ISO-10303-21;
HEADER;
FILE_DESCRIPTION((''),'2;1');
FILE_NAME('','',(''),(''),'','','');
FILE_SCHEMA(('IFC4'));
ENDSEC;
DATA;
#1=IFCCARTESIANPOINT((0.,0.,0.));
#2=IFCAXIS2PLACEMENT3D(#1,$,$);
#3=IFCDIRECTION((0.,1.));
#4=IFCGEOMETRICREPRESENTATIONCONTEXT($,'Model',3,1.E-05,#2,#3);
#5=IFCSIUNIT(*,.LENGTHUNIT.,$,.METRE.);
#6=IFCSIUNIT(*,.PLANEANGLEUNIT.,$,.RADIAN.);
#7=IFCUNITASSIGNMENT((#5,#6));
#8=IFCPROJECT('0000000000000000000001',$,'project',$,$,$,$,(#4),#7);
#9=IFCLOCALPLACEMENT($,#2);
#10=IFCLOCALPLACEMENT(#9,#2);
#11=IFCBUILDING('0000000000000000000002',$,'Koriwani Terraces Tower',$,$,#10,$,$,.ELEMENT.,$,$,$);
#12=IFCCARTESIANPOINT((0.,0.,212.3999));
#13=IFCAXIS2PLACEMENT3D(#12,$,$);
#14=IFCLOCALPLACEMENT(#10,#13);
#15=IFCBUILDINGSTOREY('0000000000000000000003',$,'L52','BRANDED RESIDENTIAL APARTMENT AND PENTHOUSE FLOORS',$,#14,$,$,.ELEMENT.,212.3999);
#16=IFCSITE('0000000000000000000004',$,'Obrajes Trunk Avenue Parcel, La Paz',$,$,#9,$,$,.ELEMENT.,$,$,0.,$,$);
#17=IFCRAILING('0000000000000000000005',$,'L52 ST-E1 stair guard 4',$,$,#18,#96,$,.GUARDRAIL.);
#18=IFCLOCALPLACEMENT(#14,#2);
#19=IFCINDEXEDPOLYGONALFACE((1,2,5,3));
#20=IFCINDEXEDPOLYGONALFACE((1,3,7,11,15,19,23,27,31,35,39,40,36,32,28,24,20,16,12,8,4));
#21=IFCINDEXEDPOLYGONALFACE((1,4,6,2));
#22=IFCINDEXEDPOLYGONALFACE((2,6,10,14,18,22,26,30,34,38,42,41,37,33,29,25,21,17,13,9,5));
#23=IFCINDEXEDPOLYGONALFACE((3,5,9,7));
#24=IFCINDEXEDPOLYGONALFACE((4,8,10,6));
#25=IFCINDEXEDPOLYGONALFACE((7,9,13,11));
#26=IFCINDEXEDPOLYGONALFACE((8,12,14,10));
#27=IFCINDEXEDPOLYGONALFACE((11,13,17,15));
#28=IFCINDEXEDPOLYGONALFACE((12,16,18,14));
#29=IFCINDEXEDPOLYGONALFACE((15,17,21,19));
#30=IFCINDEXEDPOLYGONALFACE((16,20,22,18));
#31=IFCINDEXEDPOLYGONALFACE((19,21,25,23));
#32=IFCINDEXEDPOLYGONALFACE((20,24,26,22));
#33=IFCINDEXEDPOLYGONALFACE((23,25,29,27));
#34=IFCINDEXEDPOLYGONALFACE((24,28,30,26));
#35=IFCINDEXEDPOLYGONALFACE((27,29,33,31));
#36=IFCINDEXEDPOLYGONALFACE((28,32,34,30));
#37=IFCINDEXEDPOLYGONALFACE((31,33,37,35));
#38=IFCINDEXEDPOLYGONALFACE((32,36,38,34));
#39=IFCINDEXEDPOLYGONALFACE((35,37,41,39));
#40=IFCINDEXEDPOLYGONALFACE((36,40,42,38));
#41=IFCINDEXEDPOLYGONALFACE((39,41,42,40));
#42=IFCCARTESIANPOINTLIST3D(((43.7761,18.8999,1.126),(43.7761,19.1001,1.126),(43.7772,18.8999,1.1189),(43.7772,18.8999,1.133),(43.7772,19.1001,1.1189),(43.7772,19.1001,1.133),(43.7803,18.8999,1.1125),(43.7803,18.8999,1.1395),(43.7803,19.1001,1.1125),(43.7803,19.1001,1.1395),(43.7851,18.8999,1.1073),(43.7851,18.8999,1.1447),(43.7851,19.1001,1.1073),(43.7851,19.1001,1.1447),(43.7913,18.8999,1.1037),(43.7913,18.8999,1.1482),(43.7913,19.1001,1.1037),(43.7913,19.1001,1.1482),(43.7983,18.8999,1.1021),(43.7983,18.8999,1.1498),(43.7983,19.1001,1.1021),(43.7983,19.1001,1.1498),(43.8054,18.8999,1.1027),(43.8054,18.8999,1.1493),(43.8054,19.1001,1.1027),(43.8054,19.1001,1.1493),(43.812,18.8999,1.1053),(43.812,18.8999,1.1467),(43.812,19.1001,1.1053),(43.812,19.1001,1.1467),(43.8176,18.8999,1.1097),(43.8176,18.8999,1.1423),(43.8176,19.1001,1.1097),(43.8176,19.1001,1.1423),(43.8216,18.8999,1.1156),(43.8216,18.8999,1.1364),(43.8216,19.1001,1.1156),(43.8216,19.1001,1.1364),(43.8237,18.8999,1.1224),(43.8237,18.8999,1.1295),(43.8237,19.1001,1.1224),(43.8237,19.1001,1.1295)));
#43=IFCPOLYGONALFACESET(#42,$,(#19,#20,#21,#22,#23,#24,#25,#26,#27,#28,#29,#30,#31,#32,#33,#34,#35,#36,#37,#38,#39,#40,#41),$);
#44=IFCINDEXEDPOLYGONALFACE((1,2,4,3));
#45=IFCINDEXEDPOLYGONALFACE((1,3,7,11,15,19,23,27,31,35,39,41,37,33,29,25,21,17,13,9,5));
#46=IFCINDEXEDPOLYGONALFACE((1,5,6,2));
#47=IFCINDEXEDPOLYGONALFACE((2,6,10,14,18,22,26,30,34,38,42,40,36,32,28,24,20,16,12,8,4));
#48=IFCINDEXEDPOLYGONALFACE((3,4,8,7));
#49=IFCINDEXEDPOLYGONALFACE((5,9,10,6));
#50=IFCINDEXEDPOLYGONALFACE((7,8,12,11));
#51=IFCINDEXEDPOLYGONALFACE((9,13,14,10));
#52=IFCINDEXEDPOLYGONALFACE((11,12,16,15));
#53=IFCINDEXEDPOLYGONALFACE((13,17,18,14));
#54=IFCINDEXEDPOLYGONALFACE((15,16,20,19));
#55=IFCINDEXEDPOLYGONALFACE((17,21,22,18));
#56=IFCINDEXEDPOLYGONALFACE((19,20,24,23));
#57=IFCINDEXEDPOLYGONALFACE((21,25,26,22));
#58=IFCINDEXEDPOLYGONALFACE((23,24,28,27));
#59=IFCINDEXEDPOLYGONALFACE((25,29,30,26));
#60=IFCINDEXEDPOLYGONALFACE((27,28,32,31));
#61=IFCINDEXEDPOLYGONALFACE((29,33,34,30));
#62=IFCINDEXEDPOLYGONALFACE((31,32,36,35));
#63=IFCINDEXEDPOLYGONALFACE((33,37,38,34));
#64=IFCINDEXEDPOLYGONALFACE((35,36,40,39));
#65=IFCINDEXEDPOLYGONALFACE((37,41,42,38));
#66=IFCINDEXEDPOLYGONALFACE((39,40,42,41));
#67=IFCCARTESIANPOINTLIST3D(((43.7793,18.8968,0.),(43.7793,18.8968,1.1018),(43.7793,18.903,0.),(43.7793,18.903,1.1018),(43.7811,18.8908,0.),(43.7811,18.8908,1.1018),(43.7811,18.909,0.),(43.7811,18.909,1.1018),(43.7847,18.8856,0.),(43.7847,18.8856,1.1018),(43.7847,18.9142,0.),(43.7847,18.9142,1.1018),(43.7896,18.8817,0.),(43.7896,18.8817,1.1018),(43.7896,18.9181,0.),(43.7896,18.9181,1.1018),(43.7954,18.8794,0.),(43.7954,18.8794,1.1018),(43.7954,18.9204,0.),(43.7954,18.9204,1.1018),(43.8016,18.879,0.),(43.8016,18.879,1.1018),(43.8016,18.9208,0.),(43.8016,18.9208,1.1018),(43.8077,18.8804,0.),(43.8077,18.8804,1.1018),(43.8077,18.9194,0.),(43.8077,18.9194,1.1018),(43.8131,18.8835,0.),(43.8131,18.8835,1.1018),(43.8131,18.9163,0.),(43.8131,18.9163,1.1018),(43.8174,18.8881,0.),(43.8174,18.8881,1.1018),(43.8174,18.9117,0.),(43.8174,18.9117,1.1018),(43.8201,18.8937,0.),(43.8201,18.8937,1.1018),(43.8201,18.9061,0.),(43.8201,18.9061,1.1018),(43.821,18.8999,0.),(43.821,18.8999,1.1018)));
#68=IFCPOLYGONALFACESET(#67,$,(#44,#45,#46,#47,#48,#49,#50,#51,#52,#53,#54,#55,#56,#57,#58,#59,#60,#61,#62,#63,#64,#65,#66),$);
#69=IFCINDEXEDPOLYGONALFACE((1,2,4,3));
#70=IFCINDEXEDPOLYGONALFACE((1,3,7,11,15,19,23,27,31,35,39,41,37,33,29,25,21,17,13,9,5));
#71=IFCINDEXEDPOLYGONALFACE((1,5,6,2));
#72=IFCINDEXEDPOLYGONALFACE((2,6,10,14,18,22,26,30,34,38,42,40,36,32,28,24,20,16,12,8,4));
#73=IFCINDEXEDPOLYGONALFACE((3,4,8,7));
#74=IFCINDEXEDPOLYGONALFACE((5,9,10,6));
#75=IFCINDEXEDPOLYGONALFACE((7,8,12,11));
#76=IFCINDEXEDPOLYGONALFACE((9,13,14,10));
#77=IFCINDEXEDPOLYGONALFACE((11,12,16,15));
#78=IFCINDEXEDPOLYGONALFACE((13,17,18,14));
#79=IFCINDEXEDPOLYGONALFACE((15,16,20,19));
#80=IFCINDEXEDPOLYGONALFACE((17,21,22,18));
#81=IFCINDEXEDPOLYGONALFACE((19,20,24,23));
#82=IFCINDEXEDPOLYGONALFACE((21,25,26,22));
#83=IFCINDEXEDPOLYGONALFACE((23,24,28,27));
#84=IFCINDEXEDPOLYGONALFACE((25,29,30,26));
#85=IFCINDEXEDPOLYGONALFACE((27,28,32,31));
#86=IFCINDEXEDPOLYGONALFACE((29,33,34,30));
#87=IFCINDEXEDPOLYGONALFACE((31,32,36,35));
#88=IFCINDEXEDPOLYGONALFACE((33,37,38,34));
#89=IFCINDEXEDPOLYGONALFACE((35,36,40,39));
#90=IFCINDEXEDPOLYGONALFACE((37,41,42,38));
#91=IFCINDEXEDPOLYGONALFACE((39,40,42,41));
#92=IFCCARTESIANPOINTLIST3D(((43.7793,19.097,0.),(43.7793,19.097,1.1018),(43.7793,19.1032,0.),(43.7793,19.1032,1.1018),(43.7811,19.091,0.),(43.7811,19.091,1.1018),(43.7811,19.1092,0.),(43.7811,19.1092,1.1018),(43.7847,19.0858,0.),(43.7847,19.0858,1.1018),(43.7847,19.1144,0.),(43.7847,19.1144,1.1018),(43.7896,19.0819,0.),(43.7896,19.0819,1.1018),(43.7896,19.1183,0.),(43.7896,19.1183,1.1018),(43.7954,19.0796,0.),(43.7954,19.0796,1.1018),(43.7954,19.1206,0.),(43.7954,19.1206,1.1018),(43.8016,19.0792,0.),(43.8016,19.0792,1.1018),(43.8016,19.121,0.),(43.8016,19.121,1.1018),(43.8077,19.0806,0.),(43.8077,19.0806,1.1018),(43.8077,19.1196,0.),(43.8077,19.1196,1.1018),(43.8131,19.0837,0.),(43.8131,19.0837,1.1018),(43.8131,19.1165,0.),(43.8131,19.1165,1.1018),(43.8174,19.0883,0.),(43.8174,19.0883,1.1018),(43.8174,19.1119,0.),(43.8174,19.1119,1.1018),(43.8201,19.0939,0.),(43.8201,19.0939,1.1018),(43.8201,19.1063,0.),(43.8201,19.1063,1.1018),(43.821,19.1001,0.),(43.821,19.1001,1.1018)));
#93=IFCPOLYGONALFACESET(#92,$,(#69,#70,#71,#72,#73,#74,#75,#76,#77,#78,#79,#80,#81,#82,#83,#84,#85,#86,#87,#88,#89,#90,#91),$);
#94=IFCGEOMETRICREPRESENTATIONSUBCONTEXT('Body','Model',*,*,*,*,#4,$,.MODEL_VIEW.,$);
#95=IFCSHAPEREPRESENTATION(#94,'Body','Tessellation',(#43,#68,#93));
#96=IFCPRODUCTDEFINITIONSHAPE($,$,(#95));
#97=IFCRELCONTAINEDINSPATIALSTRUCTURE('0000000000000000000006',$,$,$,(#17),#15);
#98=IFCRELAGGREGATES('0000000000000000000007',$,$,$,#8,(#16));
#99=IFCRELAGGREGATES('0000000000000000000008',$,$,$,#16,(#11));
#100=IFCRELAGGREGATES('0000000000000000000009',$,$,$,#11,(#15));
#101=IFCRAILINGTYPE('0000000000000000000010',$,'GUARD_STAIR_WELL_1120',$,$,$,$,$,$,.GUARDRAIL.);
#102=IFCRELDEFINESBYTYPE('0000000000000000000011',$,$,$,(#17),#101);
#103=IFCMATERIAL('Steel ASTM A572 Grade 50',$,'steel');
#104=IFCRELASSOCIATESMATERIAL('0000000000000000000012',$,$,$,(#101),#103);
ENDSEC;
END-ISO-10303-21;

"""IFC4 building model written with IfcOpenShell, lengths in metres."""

from ifc_helpers import new_model, si_unit, direction, frame, origin, origin_2d, place, context, subcontext, project, spatial, circle, extrude, material, type_object, element, save


model = new_model("IFC4")

# Units and contexts
model_context = context("Model", 3, precision=1e-05, world=origin(), true_north=direction((0.0, 1.0)))
body_context = subcontext(model_context, "Body", "Model", "MODEL_VIEW")
ifc_project = project(units=[si_unit("LENGTHUNIT", "METRE"), si_unit("PLANEANGLEUNIT", "RADIAN")], contexts=[model_context])

# Site, building, storey
site_placement = place(None, origin())
site = spatial("IfcSite", under=ifc_project, at=site_placement, Name="Obrajes Trunk Avenue Parcel, La Paz", CompositionType="ELEMENT", RefElevation=0.0)
building_placement = place(site_placement, origin())
building = spatial("IfcBuilding", under=site, at=building_placement, Name="Koriwani Terraces Tower", CompositionType="ELEMENT")
storey_placement = place(building_placement, frame((0.0, 0.0, 212.3999)))
storey = spatial("IfcBuildingStorey", under=building, at=storey_placement, Name="L52", Description="BRANDED RESIDENTIAL APARTMENT AND PENTHOUSE FLOORS", CompositionType="ELEMENT", Elevation=212.3999)

# Shared definitions
ifc_material_1 = material(Name="Steel ASTM A572 Grade 50", Category="steel")

# Railing
railing_type_1 = type_object("IfcRailingType", Name="GUARD_STAIR_WELL_1120", PredefinedType="GUARDRAIL", material=ifc_material_1)
railing_1_placement = place(storey_placement, frame((43.8, 18.8999, 0.0)))
element("IfcRailing", 1, at=railing_1_placement, inside=storey, type_object=railing_type_1, Name="L52 ST-E1 stair guard 4", PredefinedType="GUARDRAIL", context=body_context, shape_type="SweptSolid", body=[
    extrude(circle(Radius=0.0239, at=origin_2d()), frame((0.0, 0.0, 1.126), z_axis=(0.0, 1.0, 0.0), x_axis=(-1.0, 0.0, 0.0)), (0.0, 0.0, 1.0), 0.2002),
    extrude(circle(Radius=0.021, at=origin_2d()), origin(), (0.0, 0.0, 1.0), 1.1018),
    extrude(circle(Radius=0.021, at=origin_2d()), frame((0.0, 0.2002, 0.0)), (0.0, 0.0, 1.0), 1.1018),
])

save(model, "model.ifc")
